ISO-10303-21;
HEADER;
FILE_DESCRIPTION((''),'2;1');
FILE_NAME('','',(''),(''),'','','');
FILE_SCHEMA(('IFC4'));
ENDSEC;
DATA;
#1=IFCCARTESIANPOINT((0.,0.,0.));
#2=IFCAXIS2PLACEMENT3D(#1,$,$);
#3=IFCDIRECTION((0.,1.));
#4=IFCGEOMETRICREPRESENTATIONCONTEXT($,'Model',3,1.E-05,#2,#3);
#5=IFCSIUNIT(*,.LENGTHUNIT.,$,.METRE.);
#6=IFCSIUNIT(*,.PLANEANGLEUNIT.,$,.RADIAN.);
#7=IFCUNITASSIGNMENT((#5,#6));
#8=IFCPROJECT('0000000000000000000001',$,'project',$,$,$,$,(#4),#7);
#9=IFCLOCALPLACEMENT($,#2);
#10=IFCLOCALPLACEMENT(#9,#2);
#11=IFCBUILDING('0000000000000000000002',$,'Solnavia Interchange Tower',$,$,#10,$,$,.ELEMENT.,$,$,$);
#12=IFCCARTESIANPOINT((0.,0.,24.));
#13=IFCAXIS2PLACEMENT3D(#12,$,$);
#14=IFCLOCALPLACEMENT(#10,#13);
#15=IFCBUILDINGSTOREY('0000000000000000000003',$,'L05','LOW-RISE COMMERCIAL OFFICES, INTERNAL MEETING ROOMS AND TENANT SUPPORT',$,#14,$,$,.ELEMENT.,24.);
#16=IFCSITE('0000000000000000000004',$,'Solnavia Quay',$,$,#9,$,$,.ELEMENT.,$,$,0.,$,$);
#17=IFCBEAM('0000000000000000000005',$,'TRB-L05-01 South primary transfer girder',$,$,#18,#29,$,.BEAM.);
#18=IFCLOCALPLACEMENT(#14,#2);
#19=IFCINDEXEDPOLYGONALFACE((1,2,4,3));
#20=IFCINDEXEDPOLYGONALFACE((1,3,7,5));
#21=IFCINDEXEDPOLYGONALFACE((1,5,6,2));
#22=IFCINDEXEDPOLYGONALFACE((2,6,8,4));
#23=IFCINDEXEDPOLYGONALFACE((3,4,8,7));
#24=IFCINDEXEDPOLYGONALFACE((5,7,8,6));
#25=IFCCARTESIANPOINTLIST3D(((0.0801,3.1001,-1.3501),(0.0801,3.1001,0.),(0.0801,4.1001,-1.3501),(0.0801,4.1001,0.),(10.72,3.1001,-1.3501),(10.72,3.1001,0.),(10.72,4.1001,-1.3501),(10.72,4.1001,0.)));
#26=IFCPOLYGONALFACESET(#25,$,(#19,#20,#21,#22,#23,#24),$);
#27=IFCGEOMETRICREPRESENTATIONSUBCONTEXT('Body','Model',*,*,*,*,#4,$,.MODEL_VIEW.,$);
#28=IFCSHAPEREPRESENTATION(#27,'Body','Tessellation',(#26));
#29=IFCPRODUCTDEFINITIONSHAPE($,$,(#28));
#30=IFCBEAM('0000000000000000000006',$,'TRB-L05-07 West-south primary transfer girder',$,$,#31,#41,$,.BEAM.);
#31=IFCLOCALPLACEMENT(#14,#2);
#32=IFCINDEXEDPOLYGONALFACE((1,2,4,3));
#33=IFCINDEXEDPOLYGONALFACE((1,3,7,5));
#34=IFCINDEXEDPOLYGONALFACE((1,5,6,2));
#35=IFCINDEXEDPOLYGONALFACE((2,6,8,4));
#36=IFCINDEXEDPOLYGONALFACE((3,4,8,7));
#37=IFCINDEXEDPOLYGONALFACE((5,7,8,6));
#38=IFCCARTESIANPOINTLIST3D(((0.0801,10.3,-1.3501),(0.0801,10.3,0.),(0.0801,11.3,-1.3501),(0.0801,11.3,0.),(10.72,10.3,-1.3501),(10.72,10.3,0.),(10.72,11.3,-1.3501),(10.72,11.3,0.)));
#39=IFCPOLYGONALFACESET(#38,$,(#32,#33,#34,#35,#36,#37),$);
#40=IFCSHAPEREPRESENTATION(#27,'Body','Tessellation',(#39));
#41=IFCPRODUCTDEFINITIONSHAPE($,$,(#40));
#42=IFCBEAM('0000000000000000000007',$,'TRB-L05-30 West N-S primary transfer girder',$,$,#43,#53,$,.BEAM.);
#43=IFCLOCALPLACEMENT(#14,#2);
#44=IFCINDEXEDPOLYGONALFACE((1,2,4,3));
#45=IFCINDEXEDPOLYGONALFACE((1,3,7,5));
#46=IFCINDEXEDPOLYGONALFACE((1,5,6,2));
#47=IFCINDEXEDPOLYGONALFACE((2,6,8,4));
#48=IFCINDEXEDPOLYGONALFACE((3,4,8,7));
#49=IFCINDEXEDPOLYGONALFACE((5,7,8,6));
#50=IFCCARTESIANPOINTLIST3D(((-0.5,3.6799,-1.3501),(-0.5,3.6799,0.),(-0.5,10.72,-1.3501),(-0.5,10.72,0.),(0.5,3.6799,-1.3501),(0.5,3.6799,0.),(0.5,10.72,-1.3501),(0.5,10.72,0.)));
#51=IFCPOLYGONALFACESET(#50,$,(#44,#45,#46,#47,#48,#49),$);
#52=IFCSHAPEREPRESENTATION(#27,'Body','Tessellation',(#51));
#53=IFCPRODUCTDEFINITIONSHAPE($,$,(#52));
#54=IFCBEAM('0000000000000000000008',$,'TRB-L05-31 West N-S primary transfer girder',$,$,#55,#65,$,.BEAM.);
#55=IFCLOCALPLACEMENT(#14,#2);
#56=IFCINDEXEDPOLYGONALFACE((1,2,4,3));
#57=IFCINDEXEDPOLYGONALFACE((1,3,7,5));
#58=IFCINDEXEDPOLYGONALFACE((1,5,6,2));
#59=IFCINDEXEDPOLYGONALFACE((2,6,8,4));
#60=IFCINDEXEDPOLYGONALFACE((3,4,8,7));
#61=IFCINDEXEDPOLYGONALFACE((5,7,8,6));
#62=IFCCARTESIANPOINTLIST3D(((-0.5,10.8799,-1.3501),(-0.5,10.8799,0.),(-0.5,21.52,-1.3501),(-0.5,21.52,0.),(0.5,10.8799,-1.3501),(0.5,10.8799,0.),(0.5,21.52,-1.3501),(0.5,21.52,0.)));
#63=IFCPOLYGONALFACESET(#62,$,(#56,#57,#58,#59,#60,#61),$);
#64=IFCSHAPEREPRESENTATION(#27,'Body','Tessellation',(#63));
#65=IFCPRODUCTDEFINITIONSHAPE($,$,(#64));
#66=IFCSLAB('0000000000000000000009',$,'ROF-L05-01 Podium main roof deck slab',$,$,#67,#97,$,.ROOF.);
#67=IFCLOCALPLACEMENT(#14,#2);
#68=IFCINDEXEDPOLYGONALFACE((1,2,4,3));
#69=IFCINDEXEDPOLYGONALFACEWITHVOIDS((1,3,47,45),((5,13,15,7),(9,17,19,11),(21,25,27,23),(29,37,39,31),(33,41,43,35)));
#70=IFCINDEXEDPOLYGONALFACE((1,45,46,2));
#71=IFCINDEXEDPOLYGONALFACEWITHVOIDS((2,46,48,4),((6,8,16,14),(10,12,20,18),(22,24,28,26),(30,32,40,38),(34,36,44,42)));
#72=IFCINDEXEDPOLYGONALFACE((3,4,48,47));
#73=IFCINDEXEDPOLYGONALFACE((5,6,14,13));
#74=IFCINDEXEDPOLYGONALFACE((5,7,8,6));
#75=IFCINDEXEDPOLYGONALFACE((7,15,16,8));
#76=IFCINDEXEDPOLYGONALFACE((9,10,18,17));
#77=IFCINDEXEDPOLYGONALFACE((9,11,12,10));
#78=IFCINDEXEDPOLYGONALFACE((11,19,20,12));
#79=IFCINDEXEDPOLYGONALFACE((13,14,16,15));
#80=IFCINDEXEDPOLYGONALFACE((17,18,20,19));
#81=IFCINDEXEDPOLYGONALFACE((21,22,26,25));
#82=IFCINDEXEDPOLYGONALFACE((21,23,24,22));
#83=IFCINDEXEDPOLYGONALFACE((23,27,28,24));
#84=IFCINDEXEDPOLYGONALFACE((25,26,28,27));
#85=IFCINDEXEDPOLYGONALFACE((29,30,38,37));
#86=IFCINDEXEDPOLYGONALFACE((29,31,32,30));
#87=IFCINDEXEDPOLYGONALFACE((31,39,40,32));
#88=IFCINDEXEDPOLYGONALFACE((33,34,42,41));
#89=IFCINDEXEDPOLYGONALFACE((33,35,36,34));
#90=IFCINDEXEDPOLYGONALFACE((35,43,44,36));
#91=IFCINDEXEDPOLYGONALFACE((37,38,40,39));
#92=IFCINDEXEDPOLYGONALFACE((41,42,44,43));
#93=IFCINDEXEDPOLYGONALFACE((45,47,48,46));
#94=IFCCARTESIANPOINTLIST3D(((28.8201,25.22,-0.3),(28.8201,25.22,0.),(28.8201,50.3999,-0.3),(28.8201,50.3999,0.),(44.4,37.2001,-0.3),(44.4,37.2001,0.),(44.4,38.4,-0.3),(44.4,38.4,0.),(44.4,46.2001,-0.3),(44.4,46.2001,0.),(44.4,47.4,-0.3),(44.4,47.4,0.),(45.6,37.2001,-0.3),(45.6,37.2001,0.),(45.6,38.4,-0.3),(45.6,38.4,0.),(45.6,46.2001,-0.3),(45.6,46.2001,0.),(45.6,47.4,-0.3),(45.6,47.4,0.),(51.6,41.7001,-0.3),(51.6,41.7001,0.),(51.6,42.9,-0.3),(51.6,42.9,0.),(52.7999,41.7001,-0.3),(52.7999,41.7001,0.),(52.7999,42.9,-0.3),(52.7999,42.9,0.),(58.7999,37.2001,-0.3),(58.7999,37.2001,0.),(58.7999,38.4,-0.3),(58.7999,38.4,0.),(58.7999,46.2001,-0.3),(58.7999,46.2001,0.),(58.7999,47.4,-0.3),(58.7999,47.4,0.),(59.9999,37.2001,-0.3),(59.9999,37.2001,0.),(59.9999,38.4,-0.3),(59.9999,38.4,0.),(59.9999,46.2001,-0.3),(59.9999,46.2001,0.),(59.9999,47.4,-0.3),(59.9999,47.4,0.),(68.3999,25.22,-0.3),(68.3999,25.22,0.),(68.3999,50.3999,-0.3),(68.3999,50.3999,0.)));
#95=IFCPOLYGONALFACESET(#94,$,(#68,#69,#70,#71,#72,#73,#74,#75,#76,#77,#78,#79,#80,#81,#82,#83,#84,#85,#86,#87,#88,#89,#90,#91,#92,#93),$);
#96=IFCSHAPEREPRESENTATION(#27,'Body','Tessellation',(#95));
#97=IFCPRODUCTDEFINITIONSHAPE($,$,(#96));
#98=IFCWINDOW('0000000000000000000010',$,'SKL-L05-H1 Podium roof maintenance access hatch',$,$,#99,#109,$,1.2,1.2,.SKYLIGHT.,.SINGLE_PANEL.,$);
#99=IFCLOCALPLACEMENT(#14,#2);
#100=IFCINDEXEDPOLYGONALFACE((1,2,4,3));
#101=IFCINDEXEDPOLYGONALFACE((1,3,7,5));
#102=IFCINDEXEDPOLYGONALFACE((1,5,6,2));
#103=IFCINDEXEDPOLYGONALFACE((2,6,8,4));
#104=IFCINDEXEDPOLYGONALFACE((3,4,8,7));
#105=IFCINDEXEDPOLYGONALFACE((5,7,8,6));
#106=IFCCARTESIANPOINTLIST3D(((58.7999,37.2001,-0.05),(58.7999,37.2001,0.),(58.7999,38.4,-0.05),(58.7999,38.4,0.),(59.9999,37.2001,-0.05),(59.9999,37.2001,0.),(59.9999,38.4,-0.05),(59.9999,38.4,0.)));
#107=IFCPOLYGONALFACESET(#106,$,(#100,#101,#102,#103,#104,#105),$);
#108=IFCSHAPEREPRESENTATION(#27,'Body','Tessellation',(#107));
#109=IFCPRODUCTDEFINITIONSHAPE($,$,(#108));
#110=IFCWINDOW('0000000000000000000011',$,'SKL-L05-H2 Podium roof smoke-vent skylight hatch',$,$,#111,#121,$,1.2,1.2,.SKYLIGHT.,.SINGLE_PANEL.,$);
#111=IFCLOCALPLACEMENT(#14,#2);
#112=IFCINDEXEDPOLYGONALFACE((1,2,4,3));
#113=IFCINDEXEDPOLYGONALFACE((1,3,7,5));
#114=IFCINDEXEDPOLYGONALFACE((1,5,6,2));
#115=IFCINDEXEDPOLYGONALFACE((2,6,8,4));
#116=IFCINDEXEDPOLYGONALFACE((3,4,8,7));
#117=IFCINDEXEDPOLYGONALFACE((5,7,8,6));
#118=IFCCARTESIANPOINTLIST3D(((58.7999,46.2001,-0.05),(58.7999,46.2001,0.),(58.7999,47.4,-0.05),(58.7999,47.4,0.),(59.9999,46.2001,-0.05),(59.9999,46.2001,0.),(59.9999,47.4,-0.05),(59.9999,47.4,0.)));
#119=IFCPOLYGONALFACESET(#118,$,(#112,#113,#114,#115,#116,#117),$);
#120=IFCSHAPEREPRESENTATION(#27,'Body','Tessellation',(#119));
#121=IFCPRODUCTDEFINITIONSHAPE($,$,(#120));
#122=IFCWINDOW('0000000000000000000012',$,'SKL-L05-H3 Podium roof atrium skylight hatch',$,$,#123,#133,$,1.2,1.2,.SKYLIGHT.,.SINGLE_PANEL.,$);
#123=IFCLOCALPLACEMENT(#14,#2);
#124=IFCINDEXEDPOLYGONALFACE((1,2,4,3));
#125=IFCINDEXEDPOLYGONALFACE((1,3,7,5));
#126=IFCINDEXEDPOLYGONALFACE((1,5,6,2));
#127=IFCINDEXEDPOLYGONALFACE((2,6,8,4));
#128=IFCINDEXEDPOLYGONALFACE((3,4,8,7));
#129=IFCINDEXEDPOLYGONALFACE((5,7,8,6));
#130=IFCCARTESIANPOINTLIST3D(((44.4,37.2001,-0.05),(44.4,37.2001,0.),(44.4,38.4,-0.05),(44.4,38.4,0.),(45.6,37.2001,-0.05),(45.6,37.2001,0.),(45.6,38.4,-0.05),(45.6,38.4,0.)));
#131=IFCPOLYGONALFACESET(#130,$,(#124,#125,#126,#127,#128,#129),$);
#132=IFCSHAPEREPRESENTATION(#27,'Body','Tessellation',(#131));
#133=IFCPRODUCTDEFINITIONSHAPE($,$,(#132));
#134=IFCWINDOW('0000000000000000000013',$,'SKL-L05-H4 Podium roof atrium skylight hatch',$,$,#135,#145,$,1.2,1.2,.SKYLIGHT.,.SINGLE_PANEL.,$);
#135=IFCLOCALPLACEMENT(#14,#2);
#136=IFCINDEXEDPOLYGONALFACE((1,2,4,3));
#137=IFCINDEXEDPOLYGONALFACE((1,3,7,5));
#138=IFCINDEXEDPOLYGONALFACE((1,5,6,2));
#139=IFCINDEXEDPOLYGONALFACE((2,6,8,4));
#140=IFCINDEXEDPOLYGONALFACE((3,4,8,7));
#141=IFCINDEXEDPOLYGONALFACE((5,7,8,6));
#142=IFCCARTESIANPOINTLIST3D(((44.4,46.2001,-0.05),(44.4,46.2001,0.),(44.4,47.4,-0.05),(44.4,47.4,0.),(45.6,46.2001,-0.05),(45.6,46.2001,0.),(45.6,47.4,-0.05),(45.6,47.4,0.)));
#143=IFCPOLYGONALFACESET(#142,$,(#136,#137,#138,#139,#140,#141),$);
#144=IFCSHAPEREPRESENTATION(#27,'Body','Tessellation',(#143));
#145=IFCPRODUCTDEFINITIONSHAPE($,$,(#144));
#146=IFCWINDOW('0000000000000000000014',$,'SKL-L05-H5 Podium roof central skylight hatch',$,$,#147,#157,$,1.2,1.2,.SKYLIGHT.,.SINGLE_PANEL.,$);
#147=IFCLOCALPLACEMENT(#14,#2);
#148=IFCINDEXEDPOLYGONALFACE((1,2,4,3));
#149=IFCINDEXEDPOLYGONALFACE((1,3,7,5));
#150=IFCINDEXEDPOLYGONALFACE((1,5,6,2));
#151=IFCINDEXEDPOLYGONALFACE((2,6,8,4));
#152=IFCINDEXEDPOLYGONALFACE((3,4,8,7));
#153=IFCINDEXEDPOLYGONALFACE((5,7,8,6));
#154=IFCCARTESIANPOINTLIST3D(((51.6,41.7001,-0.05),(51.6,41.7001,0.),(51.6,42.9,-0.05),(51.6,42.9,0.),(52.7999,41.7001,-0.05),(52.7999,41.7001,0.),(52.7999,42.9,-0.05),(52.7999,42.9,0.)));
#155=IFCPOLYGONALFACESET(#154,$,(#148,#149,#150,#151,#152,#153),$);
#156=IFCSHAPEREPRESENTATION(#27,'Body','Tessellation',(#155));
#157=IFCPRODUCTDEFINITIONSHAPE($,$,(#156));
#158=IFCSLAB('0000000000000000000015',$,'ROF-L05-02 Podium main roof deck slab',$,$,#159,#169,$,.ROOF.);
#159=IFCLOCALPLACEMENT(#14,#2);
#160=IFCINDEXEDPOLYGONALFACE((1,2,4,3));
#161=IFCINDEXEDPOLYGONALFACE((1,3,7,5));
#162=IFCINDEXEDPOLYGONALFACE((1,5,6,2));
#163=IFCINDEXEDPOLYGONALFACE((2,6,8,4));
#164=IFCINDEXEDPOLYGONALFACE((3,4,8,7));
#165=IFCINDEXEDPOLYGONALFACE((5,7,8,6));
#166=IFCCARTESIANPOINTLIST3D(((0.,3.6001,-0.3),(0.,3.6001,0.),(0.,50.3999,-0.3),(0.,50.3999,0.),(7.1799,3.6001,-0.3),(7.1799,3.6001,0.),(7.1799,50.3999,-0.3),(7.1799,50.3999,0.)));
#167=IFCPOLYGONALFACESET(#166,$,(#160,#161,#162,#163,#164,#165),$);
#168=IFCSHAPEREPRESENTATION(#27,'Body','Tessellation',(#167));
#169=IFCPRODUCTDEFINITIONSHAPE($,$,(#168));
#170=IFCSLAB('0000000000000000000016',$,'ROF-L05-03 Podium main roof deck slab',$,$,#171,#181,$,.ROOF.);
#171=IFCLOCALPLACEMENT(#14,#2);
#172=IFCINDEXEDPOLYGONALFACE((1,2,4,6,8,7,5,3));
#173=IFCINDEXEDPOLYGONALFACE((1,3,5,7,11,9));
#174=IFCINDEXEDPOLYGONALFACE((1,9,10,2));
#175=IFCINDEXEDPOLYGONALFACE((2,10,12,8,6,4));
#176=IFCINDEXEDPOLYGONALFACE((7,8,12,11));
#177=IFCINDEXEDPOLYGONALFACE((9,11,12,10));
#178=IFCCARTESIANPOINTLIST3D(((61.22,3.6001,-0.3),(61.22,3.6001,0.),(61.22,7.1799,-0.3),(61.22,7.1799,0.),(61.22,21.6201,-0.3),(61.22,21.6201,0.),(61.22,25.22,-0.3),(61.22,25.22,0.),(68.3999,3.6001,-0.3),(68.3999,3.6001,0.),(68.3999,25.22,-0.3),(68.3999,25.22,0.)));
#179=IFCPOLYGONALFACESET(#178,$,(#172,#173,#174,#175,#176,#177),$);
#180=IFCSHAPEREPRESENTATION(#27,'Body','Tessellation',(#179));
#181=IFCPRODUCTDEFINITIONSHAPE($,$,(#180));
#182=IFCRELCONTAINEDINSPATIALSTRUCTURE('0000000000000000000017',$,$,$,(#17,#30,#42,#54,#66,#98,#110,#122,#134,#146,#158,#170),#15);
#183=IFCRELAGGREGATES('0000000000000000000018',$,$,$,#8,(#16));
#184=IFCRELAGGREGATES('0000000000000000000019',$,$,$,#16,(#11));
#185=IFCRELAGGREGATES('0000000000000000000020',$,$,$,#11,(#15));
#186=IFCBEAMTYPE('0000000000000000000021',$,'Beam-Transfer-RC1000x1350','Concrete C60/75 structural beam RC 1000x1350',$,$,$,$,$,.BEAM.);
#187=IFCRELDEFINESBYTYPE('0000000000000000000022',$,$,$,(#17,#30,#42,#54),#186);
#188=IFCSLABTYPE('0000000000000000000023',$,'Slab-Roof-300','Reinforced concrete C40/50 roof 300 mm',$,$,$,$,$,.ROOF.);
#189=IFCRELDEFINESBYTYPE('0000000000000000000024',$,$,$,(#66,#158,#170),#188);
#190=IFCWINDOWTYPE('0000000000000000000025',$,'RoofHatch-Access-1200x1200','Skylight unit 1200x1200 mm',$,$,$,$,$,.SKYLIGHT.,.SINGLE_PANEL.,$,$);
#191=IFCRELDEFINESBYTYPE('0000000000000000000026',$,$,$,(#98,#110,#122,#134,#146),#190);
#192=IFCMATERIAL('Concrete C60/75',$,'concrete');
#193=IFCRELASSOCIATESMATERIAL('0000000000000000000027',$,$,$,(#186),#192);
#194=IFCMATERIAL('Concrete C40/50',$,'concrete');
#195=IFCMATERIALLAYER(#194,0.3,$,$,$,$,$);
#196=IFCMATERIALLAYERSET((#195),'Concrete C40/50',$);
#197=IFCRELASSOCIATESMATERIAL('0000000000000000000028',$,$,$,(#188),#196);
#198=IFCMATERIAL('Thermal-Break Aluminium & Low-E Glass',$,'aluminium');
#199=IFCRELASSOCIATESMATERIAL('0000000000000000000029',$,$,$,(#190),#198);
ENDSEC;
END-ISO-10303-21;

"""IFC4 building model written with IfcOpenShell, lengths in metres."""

from ifc_helpers import new_model, si_unit, direction, frame, origin, origin_2d, place, context, subcontext, project, spatial, polyline, rectangle, outline, extrude, material, layer, layer_set, material_profile, profile_set, type_object, element, fill, save


model = new_model("IFC4")

# Units and contexts
model_context = context("Model", 3, precision=1e-05, world=origin(), true_north=direction((0.0, 1.0)))
body_context = subcontext(model_context, "Body", "Model", "MODEL_VIEW")
ifc_project = project(units=[si_unit("LENGTHUNIT", "METRE"), si_unit("PLANEANGLEUNIT", "RADIAN")], contexts=[model_context])

# Site, building, storey
site_placement = place(None, origin())
site = spatial("IfcSite", under=ifc_project, at=site_placement, Name="Solnavia Quay", CompositionType="ELEMENT", RefElevation=0.0)
building_placement = place(site_placement, origin())
building = spatial("IfcBuilding", under=site, at=building_placement, Name="Solnavia Interchange Tower", CompositionType="ELEMENT")
storey_placement = place(building_placement, frame((0.0, 0.0, 24.0)))
storey = spatial("IfcBuildingStorey", under=building, at=storey_placement, Name="L05", Description="LOW-RISE COMMERCIAL OFFICES, INTERNAL MEETING ROOMS AND TENANT SUPPORT", CompositionType="ELEMENT", Elevation=24.0)

# Beams
ifc_material_1 = material(Name="Concrete C60/75", Category="concrete")
ifc_material_profile = material_profile(ifc_material_1, rectangle(XDim=1.0, YDim=1.3501, at=origin_2d()), Name="RC 1000x1350")
ifc_profile_set = profile_set([ifc_material_profile], Name="Concrete C60/75")
beam_type = type_object("IfcBeamType", Name="Beam-Transfer-RC1000x1350", Description="Concrete C60/75 structural beam RC 1000x1350", PredefinedType="BEAM", material=ifc_profile_set)
for number, where, z_axis, x_axis, name in (
    (1, (0.0801, 3.6001, -0.675), (1.0, 0.0, 0.0), (0.0, 1.0, 0.0), "TRB-L05-01 South primary transfer girder"),
    (2, (0.0801, 10.8, -0.675), (1.0, 0.0, 0.0), (0.0, 1.0, 0.0), "TRB-L05-07 West-south primary transfer girder"),
):
    element("IfcBeam", number, at=place(storey_placement, frame(where, z_axis=z_axis, x_axis=x_axis)), inside=storey, type_object=beam_type, Name=name, PredefinedType="BEAM", context=body_context, shape_type="SweptSolid", body=[
        extrude(rectangle(XDim=1.0, YDim=1.3501, at=origin_2d()), origin(), (0.0, 0.0, 1.0), 10.6399),
    ])
beam_1_placement = place(storey_placement, frame((0.0, 3.6799, -0.675), z_axis=(0.0, 1.0, 0.0), x_axis=(-1.0, 0.0, 0.0)))
element("IfcBeam", 3, at=beam_1_placement, inside=storey, type_object=beam_type, Name="TRB-L05-30 West N-S primary transfer girder", PredefinedType="BEAM", context=body_context, shape_type="SweptSolid", body=[
    extrude(rectangle(XDim=1.0, YDim=1.3501, at=origin_2d()), origin(), (0.0, 0.0, 1.0), 7.04),
])
beam_2_placement = place(storey_placement, frame((0.0, 10.8799, -0.675), z_axis=(0.0, 1.0, 0.0), x_axis=(-1.0, 0.0, 0.0)))
element("IfcBeam", 4, at=beam_2_placement, inside=storey, type_object=beam_type, Name="TRB-L05-31 West N-S primary transfer girder", PredefinedType="BEAM", context=body_context, shape_type="SweptSolid", body=[
    extrude(rectangle(XDim=1.0, YDim=1.3501, at=origin_2d()), origin(), (0.0, 0.0, 1.0), 10.6401),
])

# Slab, openings, windows
ifc_material_2 = material(Name="Concrete C40/50", Category="concrete")
ifc_layer_1 = layer(ifc_material_2, 0.3)
ifc_layer_set_1 = layer_set([ifc_layer_1], Name="Concrete C40/50")
slab_type_1 = type_object("IfcSlabType", Name="Slab-Roof-300", Description="Reinforced concrete C40/50 roof 300 mm", PredefinedType="ROOF", material=ifc_layer_set_1)
slab_1_placement = place(storey_placement, frame((0.0, 0.0, -0.3)))
slab_1 = element("IfcSlab", 5, at=slab_1_placement, inside=storey, type_object=slab_type_1, Name="ROF-L05-01 Podium main roof deck slab", PredefinedType="ROOF", context=body_context, shape_type="SweptSolid", body=[
    extrude(outline(polyline([(68.3999, 25.22), (57.6201, 25.22), (28.8201, 25.22), (28.8201, 46.8201), (28.8201, 50.3999), (68.3999, 50.3999), (68.3999, 25.22)])), origin(), (0.0, 0.0, 1.0), 0.3),
])
opening_1_placement = place(slab_1_placement, frame((59.3999, 37.8, 0.0)))
opening_1 = element("IfcOpeningElement", 6, at=opening_1_placement, cuts=slab_1, PredefinedType="OPENING", context=body_context, shape_type="SweptSolid", body=[
    extrude(rectangle(XDim=1.2, YDim=1.2, at=origin_2d()), origin(), (0.0, 0.0, 1.0), 0.3),
])
opening_2_placement = place(slab_1_placement, frame((59.3999, 46.8, 0.0)))
opening_2 = element("IfcOpeningElement", 7, at=opening_2_placement, cuts=slab_1, PredefinedType="OPENING", context=body_context, shape_type="SweptSolid", body=[
    extrude(rectangle(XDim=1.2, YDim=1.2, at=origin_2d()), origin(), (0.0, 0.0, 1.0), 0.3),
])
opening_3_placement = place(slab_1_placement, frame((45.0, 37.8, 0.0)))
opening_3 = element("IfcOpeningElement", 8, at=opening_3_placement, cuts=slab_1, PredefinedType="OPENING", context=body_context, shape_type="SweptSolid", body=[
    extrude(rectangle(XDim=1.2, YDim=1.2, at=origin_2d()), origin(), (0.0, 0.0, 1.0), 0.3),
])
opening_4_placement = place(slab_1_placement, frame((45.0, 46.8, 0.0)))
opening_4 = element("IfcOpeningElement", 9, at=opening_4_placement, cuts=slab_1, PredefinedType="OPENING", context=body_context, shape_type="SweptSolid", body=[
    extrude(rectangle(XDim=1.2, YDim=1.2, at=origin_2d()), origin(), (0.0, 0.0, 1.0), 0.3),
])
opening_5_placement = place(slab_1_placement, frame((52.2, 42.3, 0.0)))
opening_5 = element("IfcOpeningElement", 10, at=opening_5_placement, cuts=slab_1, PredefinedType="OPENING", context=body_context, shape_type="SweptSolid", body=[
    extrude(rectangle(XDim=1.2, YDim=1.2, at=origin_2d()), origin(), (0.0, 0.0, 1.0), 0.3),
])
ifc_material_3 = material(Name="Thermal-Break Aluminium & Low-E Glass", Category="aluminium")
window_type = type_object("IfcWindowType", Name="RoofHatch-Access-1200x1200", Description="Skylight unit 1200x1200 mm", PartitioningType="SINGLE_PANEL", PredefinedType="SKYLIGHT", material=ifc_material_3)
window_1_placement = place(opening_1_placement, frame((0.0, 0.0, 0.25)))
window_1 = element("IfcWindow", 11, at=window_1_placement, inside=storey, type_object=window_type, Name="SKL-L05-H1 Podium roof maintenance access hatch", OverallHeight=1.2, OverallWidth=1.2, PartitioningType="SINGLE_PANEL", PredefinedType="SKYLIGHT", context=body_context, shape_type="SweptSolid", body=[
    extrude(rectangle(XDim=1.2, YDim=1.2, at=origin_2d()), origin(), (0.0, 0.0, 1.0), 0.05),
])
fill(opening_1, window_1)
window_2_placement = place(opening_2_placement, frame((0.0, 0.0, 0.25)))
window_2 = element("IfcWindow", 12, at=window_2_placement, inside=storey, type_object=window_type, Name="SKL-L05-H2 Podium roof smoke-vent skylight hatch", OverallHeight=1.2, OverallWidth=1.2, PartitioningType="SINGLE_PANEL", PredefinedType="SKYLIGHT", context=body_context, shape_type="SweptSolid", body=[
    extrude(rectangle(XDim=1.2, YDim=1.2, at=origin_2d()), origin(), (0.0, 0.0, 1.0), 0.05),
])
fill(opening_2, window_2)
window_3_placement = place(opening_3_placement, frame((0.0, 0.0, 0.25)))
window_3 = element("IfcWindow", 13, at=window_3_placement, inside=storey, type_object=window_type, Name="SKL-L05-H3 Podium roof atrium skylight hatch", OverallHeight=1.2, OverallWidth=1.2, PartitioningType="SINGLE_PANEL", PredefinedType="SKYLIGHT", context=body_context, shape_type="SweptSolid", body=[
    extrude(rectangle(XDim=1.2, YDim=1.2, at=origin_2d()), origin(), (0.0, 0.0, 1.0), 0.05),
])
fill(opening_3, window_3)
window_4_placement = place(opening_4_placement, frame((0.0, 0.0, 0.25)))
window_4 = element("IfcWindow", 14, at=window_4_placement, inside=storey, type_object=window_type, Name="SKL-L05-H4 Podium roof atrium skylight hatch", OverallHeight=1.2, OverallWidth=1.2, PartitioningType="SINGLE_PANEL", PredefinedType="SKYLIGHT", context=body_context, shape_type="SweptSolid", body=[
    extrude(rectangle(XDim=1.2, YDim=1.2, at=origin_2d()), origin(), (0.0, 0.0, 1.0), 0.05),
])
fill(opening_4, window_4)
window_5_placement = place(opening_5_placement, frame((0.0, 0.0, 0.25)))
window_5 = element("IfcWindow", 15, at=window_5_placement, inside=storey, type_object=window_type, Name="SKL-L05-H5 Podium roof central skylight hatch", OverallHeight=1.2, OverallWidth=1.2, PartitioningType="SINGLE_PANEL", PredefinedType="SKYLIGHT", context=body_context, shape_type="SweptSolid", body=[
    extrude(rectangle(XDim=1.2, YDim=1.2, at=origin_2d()), origin(), (0.0, 0.0, 1.0), 0.05),
])
fill(opening_5, window_5)

# Slabs
slab_2_placement = place(storey_placement, frame((0.0, 0.0, -0.3)))
element("IfcSlab", 16, at=slab_2_placement, inside=storey, type_object=slab_type_1, Name="ROF-L05-02 Podium main roof deck slab", PredefinedType="ROOF", context=body_context, shape_type="SweptSolid", body=[
    extrude(outline(polyline([(0.0, 50.3999), (7.1799, 50.3999), (7.1799, 3.6001), (0.0, 3.6001), (0.0, 50.3999)])), origin(), (0.0, 0.0, 1.0), 0.3),
])
slab_3_placement = place(storey_placement, frame((0.0, 0.0, -0.3)))
element("IfcSlab", 17, at=slab_3_placement, inside=storey, type_object=slab_type_1, Name="ROF-L05-03 Podium main roof deck slab", PredefinedType="ROOF", context=body_context, shape_type="SweptSolid", body=[
    extrude(outline(polyline([(68.3999, 3.6001), (61.22, 3.6001), (61.22, 7.1799), (61.22, 7.1799), (61.22, 21.6201), (61.22, 21.6201), (61.22, 25.22), (68.3999, 25.22), (68.3999, 3.6001)])), origin(), (0.0, 0.0, 1.0), 0.3),
])

save(model, "model.ifc")
